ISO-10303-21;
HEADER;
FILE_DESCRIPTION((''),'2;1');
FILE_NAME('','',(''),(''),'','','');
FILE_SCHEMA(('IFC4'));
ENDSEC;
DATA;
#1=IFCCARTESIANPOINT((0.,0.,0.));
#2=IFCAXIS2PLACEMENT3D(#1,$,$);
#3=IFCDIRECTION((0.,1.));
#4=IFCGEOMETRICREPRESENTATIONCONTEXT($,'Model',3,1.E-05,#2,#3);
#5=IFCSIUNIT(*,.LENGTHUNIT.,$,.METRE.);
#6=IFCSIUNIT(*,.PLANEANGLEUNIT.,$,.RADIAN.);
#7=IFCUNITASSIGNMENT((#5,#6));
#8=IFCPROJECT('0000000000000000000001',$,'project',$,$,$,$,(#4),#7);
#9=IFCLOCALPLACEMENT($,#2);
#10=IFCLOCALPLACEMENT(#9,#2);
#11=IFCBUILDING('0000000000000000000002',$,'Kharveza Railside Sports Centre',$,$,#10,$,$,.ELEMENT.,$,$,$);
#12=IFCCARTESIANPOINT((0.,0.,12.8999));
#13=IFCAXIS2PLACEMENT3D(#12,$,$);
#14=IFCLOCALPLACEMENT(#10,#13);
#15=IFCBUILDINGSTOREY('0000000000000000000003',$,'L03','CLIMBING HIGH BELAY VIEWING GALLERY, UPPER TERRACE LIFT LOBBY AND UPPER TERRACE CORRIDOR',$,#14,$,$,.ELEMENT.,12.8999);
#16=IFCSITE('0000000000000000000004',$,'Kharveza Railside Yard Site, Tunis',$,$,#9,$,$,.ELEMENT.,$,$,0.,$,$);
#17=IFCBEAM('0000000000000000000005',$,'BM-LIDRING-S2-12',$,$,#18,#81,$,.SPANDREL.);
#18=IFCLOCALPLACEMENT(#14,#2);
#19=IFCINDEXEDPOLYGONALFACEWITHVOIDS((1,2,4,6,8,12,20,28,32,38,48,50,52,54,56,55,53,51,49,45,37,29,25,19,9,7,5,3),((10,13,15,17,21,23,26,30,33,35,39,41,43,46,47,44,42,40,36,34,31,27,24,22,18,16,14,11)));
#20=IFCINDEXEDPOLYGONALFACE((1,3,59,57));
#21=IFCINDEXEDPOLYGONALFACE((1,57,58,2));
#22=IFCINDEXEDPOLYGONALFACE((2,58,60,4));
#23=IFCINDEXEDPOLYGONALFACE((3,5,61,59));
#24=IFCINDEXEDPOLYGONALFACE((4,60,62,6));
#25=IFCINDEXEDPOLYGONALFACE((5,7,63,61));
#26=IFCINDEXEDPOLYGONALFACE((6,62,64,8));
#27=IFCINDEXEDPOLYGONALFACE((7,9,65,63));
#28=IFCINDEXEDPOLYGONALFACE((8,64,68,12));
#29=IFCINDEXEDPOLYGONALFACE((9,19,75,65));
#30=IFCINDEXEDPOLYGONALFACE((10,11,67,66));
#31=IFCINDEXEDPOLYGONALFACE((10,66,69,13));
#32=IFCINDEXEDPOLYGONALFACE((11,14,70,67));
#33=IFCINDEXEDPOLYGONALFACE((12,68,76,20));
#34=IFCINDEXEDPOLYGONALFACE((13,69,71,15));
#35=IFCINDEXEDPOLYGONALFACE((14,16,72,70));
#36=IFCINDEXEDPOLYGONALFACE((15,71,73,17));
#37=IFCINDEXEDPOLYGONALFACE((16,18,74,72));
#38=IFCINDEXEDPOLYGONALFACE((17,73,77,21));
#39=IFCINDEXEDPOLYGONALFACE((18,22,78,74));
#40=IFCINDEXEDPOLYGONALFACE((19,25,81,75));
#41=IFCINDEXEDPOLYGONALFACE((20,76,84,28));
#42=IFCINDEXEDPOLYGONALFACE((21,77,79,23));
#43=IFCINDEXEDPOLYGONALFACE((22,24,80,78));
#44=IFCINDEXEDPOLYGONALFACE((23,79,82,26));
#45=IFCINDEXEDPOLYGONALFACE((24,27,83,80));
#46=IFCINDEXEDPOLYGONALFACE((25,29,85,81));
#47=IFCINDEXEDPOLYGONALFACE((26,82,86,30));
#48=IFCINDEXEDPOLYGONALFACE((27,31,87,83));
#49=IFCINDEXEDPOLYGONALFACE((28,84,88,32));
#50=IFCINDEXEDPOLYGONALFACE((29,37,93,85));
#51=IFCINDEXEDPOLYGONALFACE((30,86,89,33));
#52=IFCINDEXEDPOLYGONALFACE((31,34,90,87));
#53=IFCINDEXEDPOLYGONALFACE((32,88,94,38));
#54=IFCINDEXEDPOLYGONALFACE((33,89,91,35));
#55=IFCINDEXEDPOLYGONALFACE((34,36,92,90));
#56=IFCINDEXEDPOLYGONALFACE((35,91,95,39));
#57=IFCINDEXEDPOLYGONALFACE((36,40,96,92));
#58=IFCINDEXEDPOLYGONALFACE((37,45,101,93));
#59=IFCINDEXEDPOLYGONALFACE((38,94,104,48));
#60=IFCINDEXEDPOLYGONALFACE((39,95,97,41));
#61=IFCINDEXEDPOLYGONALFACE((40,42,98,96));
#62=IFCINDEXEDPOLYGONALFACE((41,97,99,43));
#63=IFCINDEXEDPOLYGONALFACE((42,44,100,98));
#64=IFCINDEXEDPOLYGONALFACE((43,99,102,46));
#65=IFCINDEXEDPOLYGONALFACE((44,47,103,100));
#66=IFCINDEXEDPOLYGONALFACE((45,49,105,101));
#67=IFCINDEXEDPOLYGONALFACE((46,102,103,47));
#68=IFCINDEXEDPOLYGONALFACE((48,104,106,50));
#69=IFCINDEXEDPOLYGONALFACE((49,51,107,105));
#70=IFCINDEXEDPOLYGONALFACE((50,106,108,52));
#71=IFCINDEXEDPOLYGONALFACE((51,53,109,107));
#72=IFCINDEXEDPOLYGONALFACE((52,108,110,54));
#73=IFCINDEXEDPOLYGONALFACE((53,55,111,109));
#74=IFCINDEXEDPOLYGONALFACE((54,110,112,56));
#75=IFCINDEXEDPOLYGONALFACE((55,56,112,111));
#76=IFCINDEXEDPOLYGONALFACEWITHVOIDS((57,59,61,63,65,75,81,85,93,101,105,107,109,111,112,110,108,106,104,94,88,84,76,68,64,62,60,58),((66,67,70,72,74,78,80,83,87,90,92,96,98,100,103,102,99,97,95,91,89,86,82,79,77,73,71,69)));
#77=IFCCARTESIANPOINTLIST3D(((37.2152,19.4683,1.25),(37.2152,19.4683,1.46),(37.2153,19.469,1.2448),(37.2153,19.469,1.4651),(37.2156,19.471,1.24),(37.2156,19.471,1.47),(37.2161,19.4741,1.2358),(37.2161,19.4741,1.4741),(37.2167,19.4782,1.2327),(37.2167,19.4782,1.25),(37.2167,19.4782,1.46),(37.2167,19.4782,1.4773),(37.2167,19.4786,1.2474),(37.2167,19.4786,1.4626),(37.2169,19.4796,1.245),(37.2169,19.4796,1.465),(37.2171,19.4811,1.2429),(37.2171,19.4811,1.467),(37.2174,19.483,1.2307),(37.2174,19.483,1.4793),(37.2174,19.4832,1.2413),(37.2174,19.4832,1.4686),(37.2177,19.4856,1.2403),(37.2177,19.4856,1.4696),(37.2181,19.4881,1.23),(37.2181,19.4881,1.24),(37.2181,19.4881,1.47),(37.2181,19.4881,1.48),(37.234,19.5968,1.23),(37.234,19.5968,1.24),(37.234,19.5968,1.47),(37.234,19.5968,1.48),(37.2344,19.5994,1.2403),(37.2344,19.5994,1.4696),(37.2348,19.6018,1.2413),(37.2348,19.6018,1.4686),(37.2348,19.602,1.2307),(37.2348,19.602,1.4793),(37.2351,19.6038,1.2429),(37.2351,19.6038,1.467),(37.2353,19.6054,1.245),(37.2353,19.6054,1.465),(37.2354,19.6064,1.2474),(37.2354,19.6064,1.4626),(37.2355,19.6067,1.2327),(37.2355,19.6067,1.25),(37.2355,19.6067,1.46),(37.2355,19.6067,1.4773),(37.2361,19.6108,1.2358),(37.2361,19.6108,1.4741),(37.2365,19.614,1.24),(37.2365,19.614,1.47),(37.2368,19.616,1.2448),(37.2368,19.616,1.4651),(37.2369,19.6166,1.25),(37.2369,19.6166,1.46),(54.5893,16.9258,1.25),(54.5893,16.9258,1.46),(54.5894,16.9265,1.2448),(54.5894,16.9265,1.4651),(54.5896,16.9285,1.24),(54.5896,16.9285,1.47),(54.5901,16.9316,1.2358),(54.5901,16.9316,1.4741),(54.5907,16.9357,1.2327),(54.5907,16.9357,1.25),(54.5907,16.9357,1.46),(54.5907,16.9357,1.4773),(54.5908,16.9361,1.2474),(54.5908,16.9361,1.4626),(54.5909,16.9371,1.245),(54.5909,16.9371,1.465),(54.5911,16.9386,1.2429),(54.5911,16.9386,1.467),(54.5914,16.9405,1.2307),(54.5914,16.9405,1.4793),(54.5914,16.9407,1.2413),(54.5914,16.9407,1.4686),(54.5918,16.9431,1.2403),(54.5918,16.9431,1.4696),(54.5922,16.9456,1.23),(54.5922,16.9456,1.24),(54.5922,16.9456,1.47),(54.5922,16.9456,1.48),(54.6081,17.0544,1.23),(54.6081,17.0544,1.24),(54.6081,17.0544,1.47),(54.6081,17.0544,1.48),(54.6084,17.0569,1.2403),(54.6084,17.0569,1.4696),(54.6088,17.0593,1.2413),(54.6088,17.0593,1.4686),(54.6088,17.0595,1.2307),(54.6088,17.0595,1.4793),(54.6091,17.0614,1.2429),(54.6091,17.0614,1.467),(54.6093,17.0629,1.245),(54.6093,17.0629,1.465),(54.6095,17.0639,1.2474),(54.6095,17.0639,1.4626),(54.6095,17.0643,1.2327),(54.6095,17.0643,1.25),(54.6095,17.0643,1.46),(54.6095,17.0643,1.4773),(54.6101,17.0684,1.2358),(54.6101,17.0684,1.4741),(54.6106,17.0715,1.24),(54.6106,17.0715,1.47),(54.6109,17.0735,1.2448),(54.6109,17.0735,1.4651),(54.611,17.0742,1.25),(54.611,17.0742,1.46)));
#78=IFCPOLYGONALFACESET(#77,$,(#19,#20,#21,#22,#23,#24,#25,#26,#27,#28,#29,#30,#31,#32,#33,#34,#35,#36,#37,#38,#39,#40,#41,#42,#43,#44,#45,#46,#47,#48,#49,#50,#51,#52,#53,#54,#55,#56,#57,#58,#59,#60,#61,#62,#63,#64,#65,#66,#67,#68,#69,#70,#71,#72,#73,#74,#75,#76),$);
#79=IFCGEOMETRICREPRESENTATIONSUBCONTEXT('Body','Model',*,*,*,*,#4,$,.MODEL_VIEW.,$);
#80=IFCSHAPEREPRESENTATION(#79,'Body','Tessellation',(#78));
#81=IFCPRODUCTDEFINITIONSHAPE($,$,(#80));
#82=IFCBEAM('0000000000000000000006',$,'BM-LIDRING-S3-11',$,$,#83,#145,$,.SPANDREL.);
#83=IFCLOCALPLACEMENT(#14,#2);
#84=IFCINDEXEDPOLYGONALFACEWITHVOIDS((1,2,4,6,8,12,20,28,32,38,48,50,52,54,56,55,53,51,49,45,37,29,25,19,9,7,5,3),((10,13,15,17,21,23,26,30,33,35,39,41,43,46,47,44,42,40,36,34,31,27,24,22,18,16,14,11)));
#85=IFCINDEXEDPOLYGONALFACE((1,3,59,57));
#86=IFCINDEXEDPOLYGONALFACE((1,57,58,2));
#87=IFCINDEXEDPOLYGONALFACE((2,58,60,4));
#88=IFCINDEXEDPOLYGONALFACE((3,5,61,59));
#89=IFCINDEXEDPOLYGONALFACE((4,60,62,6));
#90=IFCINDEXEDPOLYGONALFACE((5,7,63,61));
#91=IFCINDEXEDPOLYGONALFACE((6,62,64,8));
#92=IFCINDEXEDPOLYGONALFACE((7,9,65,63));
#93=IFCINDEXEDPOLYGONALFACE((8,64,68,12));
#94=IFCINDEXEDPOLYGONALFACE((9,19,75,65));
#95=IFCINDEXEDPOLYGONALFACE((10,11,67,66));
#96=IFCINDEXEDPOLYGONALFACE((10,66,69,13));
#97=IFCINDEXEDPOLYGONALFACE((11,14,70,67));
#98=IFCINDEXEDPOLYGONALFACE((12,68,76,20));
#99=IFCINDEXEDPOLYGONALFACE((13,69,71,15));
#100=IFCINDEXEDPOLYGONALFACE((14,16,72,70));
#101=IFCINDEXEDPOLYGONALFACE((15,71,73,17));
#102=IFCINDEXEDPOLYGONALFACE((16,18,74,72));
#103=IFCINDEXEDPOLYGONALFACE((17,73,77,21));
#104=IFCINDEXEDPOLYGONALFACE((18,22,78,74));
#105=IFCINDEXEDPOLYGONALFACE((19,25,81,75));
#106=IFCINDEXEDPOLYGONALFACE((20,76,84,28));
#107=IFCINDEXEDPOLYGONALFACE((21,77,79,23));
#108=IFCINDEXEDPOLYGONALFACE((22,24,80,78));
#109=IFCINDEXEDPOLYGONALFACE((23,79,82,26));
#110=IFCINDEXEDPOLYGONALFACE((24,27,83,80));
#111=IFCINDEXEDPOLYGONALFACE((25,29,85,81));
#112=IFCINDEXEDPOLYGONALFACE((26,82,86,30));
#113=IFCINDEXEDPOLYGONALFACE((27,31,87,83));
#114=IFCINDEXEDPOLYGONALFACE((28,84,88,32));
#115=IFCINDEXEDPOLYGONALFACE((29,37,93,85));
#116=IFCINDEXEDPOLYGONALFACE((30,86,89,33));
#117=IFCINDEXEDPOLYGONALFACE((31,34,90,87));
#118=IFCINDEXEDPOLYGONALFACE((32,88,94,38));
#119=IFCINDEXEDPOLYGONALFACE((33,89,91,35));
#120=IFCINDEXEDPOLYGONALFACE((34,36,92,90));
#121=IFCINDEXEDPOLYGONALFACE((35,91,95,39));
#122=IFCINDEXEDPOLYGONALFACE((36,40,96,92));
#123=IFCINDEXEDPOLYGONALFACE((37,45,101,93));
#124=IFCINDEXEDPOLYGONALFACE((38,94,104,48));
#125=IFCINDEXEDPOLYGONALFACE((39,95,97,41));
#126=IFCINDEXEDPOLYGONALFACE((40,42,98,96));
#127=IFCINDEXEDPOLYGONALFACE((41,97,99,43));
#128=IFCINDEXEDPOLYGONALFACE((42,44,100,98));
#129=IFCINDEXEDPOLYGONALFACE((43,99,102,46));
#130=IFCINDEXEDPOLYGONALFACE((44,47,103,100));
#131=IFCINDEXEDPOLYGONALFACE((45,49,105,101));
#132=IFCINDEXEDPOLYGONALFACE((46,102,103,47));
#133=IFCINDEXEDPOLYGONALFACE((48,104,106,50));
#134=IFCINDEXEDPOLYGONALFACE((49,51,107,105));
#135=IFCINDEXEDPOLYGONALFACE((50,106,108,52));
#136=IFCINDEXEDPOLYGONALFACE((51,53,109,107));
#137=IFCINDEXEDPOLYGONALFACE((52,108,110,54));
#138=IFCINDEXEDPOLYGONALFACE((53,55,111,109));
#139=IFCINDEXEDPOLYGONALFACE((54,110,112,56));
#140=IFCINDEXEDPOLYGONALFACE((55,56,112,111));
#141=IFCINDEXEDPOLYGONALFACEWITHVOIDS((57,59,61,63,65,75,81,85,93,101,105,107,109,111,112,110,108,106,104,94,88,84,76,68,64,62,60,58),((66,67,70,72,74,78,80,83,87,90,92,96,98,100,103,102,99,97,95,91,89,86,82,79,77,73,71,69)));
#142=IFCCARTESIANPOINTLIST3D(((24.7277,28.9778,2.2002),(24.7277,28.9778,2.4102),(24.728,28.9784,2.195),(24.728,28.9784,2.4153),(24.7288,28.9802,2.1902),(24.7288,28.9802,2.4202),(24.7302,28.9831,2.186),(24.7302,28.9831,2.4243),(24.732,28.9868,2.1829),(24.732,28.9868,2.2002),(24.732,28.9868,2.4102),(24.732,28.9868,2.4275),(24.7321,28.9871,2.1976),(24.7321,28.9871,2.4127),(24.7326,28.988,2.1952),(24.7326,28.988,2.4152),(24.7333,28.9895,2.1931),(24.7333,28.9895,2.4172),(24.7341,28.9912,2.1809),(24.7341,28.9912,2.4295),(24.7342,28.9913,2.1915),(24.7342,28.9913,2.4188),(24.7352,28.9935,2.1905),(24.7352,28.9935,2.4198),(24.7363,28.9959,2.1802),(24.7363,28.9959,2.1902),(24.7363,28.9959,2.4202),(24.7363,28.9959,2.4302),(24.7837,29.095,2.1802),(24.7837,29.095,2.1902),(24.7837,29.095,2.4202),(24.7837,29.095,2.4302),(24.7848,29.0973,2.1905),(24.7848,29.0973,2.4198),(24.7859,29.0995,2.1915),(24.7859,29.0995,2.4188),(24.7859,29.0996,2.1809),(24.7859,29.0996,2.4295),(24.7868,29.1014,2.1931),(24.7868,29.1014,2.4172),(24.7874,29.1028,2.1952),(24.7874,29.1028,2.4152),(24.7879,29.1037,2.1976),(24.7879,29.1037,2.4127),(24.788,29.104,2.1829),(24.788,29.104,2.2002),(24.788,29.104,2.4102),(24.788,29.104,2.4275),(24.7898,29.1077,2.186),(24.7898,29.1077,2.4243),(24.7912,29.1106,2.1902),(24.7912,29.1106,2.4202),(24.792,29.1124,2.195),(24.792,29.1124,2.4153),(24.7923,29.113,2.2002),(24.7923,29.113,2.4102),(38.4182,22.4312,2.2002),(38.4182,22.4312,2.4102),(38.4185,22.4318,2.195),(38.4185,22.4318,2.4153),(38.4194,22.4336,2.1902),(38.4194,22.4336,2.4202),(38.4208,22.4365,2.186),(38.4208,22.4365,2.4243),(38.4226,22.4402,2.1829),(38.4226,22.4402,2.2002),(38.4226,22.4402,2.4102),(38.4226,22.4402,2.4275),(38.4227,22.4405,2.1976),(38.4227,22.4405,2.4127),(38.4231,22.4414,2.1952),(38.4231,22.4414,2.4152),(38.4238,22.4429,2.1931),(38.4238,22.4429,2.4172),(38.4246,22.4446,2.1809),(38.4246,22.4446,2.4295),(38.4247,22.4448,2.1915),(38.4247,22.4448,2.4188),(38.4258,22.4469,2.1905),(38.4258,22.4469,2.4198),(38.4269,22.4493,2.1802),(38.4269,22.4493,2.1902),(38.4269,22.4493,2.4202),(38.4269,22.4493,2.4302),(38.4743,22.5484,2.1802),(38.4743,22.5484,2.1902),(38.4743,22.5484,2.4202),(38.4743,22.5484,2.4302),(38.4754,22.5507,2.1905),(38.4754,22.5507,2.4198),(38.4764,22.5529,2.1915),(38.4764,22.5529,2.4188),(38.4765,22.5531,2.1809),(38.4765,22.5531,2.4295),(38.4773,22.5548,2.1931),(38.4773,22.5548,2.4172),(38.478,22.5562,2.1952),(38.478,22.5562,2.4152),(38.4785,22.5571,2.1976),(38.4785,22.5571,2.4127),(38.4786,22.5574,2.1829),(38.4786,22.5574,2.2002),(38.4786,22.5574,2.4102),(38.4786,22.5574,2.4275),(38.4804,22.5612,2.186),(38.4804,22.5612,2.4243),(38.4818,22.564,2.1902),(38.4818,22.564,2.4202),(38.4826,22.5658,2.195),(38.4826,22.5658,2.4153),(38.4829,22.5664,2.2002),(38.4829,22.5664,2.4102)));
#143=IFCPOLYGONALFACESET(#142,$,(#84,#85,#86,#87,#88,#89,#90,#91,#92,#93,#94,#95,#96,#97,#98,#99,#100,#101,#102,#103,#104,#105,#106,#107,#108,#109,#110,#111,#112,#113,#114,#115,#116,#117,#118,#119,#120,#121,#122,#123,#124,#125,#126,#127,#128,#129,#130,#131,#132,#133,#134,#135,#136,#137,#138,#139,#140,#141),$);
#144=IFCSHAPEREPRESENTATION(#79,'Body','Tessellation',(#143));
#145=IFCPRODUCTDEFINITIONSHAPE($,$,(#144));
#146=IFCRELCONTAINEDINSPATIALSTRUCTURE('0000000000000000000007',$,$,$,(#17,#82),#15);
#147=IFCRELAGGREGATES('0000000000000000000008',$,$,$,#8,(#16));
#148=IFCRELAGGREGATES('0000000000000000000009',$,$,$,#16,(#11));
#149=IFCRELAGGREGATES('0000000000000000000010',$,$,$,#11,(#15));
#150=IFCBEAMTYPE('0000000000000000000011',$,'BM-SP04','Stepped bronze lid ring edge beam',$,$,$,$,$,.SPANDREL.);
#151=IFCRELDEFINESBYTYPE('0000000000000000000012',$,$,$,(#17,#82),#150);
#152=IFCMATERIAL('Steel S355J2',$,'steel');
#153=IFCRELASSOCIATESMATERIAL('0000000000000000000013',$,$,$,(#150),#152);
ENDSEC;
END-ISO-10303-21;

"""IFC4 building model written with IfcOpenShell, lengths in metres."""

from ifc_helpers import new_model, si_unit, direction, frame, origin, origin_2d, place, context, subcontext, project, spatial, hollow_rectangle, extrude, material, material_profile, profile_set, type_object, element, save


model = new_model("IFC4")

# Units and contexts
model_context = context("Model", 3, precision=1e-05, world=origin(), true_north=direction((0.0, 1.0)))
body_context = subcontext(model_context, "Body", "Model", "MODEL_VIEW")
ifc_project = project(units=[si_unit("LENGTHUNIT", "METRE"), si_unit("PLANEANGLEUNIT", "RADIAN")], contexts=[model_context])

# Site, building, storey
site_placement = place(None, origin())
site = spatial("IfcSite", under=ifc_project, at=site_placement, Name="Kharveza Railside Yard Site, Tunis", CompositionType="ELEMENT", RefElevation=0.0)
building_placement = place(site_placement, origin())
building = spatial("IfcBuilding", under=site, at=building_placement, Name="Kharveza Railside Sports Centre", CompositionType="ELEMENT")
storey_placement = place(building_placement, frame((0.0, 0.0, 12.8999)))
storey = spatial("IfcBuildingStorey", under=building, at=storey_placement, Name="L03", Description="CLIMBING HIGH BELAY VIEWING GALLERY, UPPER TERRACE LIFT LOBBY AND UPPER TERRACE CORRIDOR", CompositionType="ELEMENT", Elevation=12.8999)

# Beams
ifc_material_1 = material(Name="Steel S355J2", Category="steel")
ifc_material_profile_1 = material_profile(ifc_material_1, hollow_rectangle(XDim=0.1499, YDim=0.25, WallThickness=0.01, InnerFilletRadius=0.01, OuterFilletRadius=0.02, at=origin_2d()), Name="RHS 150x250x10.0")
ifc_profile_set_1 = profile_set([ifc_material_profile_1], Name="Steel S355J2")
beam_type = type_object("IfcBeamType", Name="BM-SP04", Description="Stepped bronze lid ring edge beam", PredefinedType="SPANDREL", material=ifc_profile_set_1)
beam_1_placement = place(storey_placement, frame((37.2261, 19.5425, 1.355), z_axis=(0.989462, -0.144796, 0.0), x_axis=(0.144796, 0.989462, 0.0)))
element("IfcBeam", 1, at=beam_1_placement, inside=storey, type_object=beam_type, Name="BM-LIDRING-S2-12", PredefinedType="SPANDREL", context=body_context, shape_type="SweptSolid", body=[
    extrude(hollow_rectangle(XDim=0.1499, YDim=0.25, WallThickness=0.01, InnerFilletRadius=0.01, OuterFilletRadius=0.02, at=origin_2d()), origin(), (0.0, 0.0, 1.0), 17.5591),
])
beam_2_placement = place(storey_placement, frame((24.76, 29.0454, 2.3052), z_axis=(0.902162, -0.431397, 0.0), x_axis=(0.431397, 0.902162, 0.0)))
element("IfcBeam", 2, at=beam_2_placement, inside=storey, type_object=beam_type, Name="BM-LIDRING-S3-11", PredefinedType="SPANDREL", context=body_context, shape_type="SweptSolid", body=[
    extrude(hollow_rectangle(XDim=0.1499, YDim=0.25, WallThickness=0.01, InnerFilletRadius=0.01, OuterFilletRadius=0.02, at=origin_2d()), origin(), (0.0, 0.0, 1.0), 15.1753),
])

save(model, "model.ifc")
